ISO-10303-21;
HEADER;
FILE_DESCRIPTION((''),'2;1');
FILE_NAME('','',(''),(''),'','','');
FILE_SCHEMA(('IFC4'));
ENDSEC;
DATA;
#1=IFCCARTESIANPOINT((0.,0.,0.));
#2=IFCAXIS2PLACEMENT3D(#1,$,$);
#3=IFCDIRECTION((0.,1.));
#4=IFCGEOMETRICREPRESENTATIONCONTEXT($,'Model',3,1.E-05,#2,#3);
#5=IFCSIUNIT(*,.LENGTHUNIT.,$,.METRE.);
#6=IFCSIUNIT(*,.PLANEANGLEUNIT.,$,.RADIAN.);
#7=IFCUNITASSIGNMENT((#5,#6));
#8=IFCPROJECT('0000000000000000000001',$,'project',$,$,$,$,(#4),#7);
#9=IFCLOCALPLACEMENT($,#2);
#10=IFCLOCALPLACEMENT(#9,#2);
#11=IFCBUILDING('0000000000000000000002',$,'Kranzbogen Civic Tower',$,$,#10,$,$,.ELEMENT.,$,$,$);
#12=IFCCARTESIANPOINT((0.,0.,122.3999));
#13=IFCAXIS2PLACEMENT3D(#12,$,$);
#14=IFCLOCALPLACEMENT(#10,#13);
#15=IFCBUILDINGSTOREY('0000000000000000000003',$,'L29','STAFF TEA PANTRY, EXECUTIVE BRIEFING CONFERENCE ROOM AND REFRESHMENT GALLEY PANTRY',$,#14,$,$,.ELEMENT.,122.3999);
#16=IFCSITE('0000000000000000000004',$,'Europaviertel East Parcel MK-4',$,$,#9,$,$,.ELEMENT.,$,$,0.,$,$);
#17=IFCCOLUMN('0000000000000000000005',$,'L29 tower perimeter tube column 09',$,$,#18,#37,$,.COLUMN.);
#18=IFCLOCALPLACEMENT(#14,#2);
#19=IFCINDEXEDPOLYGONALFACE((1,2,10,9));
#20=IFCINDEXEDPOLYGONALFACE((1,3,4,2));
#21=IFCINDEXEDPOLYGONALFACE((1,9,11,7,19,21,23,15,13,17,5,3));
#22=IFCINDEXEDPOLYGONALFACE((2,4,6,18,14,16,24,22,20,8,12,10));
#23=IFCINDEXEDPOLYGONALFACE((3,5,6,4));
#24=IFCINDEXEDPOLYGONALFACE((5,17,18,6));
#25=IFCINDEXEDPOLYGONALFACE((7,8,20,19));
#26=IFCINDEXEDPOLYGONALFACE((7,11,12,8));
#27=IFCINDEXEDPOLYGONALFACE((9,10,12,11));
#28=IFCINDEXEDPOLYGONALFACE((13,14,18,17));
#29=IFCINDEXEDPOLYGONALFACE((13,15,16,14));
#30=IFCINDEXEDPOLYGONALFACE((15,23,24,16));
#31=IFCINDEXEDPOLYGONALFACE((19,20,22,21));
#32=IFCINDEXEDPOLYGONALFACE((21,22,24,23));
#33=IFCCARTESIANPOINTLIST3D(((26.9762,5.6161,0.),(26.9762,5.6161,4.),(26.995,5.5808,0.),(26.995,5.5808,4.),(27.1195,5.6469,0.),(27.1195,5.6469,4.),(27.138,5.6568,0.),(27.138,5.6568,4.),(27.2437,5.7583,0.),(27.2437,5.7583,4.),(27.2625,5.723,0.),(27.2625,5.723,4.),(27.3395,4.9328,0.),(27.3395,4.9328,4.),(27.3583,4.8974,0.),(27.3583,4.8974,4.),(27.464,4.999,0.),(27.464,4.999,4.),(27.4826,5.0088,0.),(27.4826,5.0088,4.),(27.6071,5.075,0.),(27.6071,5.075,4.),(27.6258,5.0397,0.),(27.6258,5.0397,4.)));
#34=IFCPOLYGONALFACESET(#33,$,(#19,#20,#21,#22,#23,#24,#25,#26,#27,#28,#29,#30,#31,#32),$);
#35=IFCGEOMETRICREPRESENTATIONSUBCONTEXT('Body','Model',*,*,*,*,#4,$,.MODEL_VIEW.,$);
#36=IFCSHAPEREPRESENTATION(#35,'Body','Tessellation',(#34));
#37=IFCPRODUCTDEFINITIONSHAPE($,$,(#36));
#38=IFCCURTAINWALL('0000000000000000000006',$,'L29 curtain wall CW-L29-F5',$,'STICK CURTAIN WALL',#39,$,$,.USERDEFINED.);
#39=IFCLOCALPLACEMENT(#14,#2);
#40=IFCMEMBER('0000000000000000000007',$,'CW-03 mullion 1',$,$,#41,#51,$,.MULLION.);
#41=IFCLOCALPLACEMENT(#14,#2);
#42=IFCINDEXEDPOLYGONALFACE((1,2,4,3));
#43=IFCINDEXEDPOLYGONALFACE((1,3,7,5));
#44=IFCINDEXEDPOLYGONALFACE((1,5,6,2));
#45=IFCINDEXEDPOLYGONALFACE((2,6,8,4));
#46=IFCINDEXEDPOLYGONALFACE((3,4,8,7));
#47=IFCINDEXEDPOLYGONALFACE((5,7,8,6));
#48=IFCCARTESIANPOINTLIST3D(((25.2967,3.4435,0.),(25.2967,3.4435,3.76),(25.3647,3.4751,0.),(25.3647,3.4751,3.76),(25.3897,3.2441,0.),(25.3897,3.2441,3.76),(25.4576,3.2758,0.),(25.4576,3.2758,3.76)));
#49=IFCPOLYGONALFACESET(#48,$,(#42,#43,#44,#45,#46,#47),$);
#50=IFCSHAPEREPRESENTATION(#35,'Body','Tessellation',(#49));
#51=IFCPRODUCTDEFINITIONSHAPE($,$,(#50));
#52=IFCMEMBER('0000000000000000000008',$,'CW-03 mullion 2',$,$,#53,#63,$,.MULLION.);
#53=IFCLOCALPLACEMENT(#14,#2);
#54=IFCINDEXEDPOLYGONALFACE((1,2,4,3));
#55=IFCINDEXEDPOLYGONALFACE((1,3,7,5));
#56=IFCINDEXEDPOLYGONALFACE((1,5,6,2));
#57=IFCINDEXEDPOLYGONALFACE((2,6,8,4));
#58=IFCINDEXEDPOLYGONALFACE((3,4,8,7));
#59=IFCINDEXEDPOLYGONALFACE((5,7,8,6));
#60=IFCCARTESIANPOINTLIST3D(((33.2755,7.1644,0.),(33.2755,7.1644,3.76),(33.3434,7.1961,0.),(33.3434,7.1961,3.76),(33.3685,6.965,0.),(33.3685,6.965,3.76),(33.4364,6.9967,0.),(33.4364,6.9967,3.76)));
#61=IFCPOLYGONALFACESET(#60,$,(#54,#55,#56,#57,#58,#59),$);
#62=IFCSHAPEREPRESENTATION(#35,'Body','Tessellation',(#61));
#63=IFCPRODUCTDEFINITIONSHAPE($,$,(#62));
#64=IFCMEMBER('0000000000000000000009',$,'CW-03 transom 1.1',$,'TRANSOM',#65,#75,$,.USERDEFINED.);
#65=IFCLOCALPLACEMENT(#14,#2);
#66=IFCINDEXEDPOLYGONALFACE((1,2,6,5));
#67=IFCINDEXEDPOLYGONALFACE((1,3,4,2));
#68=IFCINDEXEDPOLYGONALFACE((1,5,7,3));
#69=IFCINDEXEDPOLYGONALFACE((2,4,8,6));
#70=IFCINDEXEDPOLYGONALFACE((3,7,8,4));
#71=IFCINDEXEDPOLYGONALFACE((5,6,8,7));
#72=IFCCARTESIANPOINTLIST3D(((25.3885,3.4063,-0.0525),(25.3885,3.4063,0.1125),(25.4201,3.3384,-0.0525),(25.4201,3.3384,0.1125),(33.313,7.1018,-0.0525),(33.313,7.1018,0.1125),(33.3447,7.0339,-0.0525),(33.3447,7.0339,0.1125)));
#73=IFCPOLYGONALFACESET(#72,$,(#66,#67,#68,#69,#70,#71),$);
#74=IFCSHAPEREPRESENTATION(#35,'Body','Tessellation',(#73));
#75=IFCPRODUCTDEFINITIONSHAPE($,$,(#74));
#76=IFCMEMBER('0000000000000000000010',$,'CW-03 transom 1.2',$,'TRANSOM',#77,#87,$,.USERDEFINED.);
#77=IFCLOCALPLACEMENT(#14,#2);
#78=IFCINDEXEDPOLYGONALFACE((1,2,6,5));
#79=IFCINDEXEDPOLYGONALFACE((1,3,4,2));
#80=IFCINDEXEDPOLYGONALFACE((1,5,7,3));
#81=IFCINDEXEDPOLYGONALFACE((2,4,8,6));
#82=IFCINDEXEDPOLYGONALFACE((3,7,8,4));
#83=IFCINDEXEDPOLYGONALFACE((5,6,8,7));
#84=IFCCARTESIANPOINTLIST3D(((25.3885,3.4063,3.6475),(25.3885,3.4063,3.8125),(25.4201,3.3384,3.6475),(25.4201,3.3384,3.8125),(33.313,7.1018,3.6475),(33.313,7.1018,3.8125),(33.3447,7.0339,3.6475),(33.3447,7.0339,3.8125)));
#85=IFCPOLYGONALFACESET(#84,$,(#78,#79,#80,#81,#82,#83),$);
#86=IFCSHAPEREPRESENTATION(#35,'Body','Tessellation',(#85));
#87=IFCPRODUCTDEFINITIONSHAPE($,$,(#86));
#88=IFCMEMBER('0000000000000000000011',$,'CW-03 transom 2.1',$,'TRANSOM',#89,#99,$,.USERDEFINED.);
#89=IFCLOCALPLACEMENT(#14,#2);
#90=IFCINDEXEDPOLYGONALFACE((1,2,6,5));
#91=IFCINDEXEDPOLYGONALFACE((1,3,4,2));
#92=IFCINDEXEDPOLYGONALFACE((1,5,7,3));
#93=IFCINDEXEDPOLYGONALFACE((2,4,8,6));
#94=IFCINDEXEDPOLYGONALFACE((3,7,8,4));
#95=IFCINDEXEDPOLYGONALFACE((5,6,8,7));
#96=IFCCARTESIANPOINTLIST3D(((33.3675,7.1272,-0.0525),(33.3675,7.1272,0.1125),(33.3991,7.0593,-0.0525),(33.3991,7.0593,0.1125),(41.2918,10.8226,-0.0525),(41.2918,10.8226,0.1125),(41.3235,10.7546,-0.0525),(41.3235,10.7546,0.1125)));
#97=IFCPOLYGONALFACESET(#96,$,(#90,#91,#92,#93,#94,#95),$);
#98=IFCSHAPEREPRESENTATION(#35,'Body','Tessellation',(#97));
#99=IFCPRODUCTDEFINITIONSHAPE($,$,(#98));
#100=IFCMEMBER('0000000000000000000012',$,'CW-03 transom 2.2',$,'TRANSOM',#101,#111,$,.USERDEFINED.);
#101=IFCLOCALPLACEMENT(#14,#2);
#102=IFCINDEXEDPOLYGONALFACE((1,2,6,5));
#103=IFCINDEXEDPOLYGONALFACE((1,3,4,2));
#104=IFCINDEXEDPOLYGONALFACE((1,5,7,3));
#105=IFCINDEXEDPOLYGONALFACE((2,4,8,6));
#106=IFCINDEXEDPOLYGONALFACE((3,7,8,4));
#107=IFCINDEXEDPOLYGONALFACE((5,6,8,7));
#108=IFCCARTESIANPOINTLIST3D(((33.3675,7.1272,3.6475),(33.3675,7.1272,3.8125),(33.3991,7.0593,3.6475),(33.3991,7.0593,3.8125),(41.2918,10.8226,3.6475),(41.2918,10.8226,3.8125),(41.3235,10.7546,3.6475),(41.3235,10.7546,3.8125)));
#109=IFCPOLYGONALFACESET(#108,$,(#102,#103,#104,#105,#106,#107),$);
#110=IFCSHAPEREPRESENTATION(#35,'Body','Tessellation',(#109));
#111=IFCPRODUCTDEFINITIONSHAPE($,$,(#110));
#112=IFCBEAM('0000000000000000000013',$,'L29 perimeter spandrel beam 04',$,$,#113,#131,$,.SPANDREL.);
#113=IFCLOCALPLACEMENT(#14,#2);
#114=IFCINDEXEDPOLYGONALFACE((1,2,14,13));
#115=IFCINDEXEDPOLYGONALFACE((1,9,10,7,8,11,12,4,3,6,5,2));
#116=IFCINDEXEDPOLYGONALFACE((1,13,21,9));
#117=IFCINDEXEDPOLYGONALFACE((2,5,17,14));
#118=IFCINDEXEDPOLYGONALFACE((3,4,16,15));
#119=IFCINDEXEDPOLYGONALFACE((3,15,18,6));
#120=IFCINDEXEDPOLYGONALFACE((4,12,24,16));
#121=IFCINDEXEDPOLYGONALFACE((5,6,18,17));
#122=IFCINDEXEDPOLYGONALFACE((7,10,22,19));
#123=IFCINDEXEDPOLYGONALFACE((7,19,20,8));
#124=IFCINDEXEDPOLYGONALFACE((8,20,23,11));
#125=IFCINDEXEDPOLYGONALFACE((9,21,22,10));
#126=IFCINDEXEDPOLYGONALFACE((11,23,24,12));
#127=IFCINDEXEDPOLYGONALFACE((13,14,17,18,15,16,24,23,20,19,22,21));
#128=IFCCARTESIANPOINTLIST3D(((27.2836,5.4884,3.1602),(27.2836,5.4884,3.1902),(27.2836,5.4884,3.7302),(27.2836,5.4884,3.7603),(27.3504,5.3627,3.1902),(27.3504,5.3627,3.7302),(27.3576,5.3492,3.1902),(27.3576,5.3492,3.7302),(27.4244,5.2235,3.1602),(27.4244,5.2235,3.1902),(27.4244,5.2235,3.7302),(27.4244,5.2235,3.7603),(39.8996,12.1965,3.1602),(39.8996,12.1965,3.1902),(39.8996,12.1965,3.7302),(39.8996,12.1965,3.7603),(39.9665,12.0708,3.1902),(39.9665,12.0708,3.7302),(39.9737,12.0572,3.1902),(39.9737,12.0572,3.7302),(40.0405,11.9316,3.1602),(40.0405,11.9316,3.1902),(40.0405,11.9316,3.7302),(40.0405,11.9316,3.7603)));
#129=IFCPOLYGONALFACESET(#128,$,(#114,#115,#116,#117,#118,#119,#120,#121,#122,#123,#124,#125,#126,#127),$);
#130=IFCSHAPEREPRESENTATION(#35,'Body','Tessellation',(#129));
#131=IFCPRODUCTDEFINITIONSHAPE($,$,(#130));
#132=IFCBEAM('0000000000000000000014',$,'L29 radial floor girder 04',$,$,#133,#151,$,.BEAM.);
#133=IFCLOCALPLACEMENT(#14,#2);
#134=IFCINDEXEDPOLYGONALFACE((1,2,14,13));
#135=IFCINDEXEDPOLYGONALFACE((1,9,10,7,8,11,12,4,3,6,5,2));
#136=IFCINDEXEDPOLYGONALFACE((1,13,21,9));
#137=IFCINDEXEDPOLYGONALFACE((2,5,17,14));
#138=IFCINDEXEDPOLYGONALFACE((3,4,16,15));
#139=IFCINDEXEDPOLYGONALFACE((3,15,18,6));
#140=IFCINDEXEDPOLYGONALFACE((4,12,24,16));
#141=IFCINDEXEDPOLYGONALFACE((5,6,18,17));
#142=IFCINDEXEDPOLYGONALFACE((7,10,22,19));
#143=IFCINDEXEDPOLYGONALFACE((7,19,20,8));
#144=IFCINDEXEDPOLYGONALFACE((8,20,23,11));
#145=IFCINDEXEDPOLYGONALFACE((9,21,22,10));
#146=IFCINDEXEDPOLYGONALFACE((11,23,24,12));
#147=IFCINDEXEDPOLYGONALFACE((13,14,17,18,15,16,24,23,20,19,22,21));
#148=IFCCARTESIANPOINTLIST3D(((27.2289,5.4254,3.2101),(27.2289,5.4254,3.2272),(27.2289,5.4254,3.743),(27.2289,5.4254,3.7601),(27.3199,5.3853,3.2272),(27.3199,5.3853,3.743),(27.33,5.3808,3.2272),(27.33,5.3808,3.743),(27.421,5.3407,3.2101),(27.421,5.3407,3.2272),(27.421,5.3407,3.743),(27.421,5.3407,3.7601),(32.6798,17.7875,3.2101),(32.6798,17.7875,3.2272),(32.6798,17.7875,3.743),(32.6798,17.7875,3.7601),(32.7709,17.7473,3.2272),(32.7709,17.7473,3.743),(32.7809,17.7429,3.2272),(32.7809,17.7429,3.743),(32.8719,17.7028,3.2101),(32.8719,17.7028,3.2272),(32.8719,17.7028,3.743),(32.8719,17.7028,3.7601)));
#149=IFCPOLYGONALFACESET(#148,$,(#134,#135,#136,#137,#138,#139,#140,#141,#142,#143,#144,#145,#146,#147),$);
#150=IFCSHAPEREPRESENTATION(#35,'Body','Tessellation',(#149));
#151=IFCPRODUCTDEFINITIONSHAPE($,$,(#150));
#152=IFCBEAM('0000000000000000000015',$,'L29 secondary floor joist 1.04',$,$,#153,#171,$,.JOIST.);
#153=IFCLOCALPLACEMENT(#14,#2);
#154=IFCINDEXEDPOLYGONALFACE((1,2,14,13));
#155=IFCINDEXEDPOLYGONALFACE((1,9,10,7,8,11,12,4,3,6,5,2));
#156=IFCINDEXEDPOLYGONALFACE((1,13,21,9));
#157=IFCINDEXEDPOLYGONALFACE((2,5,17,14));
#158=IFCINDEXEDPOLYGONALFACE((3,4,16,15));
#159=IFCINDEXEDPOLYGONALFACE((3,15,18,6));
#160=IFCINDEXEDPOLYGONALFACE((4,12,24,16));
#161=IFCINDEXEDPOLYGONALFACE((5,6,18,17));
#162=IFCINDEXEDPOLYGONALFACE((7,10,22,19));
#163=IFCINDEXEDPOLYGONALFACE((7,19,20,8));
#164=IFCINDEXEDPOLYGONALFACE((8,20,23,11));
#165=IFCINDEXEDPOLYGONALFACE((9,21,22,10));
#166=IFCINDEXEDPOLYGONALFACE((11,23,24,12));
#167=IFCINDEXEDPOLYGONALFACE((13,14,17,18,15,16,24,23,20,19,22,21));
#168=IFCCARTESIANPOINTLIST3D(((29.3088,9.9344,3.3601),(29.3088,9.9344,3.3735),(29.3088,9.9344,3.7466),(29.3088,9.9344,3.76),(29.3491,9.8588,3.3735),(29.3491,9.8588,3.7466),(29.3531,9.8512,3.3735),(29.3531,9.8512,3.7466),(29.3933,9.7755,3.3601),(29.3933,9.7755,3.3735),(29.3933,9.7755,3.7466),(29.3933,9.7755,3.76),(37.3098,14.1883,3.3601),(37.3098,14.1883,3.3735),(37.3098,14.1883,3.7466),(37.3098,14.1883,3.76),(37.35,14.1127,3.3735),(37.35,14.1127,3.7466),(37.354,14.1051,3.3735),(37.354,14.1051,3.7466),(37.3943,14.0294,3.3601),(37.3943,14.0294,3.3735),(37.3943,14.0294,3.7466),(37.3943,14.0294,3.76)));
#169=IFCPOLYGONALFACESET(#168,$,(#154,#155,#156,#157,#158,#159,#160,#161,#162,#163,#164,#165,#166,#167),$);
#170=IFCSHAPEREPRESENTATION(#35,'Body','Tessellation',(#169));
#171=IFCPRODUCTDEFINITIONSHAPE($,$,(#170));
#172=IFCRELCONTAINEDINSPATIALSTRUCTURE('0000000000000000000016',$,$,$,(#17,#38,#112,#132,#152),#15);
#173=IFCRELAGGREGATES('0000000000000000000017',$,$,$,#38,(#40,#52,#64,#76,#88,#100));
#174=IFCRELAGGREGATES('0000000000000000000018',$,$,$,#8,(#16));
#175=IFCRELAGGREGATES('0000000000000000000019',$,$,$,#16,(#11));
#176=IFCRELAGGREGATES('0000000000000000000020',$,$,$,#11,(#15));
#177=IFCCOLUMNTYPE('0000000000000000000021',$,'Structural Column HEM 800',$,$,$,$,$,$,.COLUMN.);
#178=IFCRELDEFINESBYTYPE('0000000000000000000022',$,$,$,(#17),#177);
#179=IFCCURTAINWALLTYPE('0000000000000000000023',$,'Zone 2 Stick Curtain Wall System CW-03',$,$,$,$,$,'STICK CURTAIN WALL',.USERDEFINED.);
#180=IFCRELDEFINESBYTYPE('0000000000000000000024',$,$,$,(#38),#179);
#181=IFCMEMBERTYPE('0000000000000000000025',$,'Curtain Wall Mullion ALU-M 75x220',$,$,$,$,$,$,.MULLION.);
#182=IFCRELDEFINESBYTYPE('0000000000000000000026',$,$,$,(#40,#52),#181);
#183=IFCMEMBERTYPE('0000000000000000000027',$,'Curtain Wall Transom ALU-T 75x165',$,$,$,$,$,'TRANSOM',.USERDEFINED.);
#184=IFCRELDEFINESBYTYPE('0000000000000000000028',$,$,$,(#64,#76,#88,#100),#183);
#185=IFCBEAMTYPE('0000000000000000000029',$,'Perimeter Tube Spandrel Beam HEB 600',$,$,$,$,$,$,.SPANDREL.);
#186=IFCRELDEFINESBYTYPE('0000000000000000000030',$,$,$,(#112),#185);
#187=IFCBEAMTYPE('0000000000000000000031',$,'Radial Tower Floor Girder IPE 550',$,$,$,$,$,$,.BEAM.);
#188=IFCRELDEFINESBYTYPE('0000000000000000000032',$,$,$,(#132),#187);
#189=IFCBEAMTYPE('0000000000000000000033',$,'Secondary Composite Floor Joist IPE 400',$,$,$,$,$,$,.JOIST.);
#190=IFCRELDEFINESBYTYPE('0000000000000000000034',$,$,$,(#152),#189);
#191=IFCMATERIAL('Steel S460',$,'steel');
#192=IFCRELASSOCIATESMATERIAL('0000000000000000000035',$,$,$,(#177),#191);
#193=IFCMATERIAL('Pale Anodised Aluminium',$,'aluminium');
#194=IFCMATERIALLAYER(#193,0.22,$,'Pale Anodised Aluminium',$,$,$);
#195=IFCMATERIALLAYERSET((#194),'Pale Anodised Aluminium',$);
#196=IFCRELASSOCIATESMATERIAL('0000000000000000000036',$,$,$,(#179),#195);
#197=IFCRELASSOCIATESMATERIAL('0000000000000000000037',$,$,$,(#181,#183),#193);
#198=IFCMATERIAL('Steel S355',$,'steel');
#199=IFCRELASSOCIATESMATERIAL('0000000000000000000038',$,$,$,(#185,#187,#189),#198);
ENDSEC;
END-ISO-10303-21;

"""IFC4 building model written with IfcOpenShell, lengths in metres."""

from ifc_helpers import new_model, si_unit, direction, frame, origin, origin_2d, place, context, subcontext, project, spatial, rectangle, i_section, extrude, material, layer, layer_set, material_profile, profile_set, type_object, element, aggregate, save


model = new_model("IFC4")

# Units and contexts
model_context = context("Model", 3, precision=1e-05, world=origin(), true_north=direction((0.0, 1.0)))
body_context = subcontext(model_context, "Body", "Model", "MODEL_VIEW")
ifc_project = project(units=[si_unit("LENGTHUNIT", "METRE"), si_unit("PLANEANGLEUNIT", "RADIAN")], contexts=[model_context])

# Site, building, storey
site_placement = place(None, origin())
site = spatial("IfcSite", under=ifc_project, at=site_placement, Name="Europaviertel East Parcel MK-4", CompositionType="ELEMENT", RefElevation=0.0)
building_placement = place(site_placement, origin())
building = spatial("IfcBuilding", under=site, at=building_placement, Name="Kranzbogen Civic Tower", CompositionType="ELEMENT")
storey_placement = place(building_placement, frame((0.0, 0.0, 122.3999)))
storey = spatial("IfcBuildingStorey", under=building, at=storey_placement, Name="L29", Description="STAFF TEA PANTRY, EXECUTIVE BRIEFING CONFERENCE ROOM AND REFRESHMENT GALLEY PANTRY", CompositionType="ELEMENT", Elevation=122.3999)

# Column
ifc_material_1 = material(Name="Steel S460", Category="steel")
ifc_material_profile_1 = material_profile(ifc_material_1, i_section(OverallWidth=0.303, OverallDepth=0.814, WebThickness=0.021, FlangeThickness=0.04, at=origin_2d()), Name="HEM 800")
ifc_profile_set_1 = profile_set([ifc_material_profile_1], Name="Steel S460")
column_type = type_object("IfcColumnType", Name="Structural Column HEM 800", PredefinedType="COLUMN", material=ifc_profile_set_1)
column_placement = place(storey_placement, frame((27.301, 5.3279, 0.0), z_axis=(0.0, 0.0, 1.0), x_axis=(0.882948, 0.469472, 0.0)))
element("IfcColumn", 1, at=column_placement, inside=storey, type_object=column_type, Name="L29 tower perimeter tube column 09", PredefinedType="COLUMN", context=body_context, shape_type="SweptSolid", body=[
    extrude(i_section(OverallWidth=0.303, OverallDepth=0.814, WebThickness=0.021, FlangeThickness=0.04, at=origin_2d()), origin(), (0.0, 0.0, 1.0), 4.0),
])

# Curtain wall, members
ifc_material_2 = material(Name="Pale Anodised Aluminium", Category="aluminium")
ifc_layer_1 = layer(ifc_material_2, 0.22, Name="Pale Anodised Aluminium")
ifc_layer_set_1 = layer_set([ifc_layer_1], Name="Pale Anodised Aluminium")
curtain_wall_type = type_object("IfcCurtainWallType", Name="Zone 2 Stick Curtain Wall System CW-03", ElementType="STICK CURTAIN WALL", PredefinedType="USERDEFINED", material=ifc_layer_set_1)
curtain_wall_placement = place(storey_placement, origin())
curtain_wall = element("IfcCurtainWall", 2, at=curtain_wall_placement, inside=storey, type_object=curtain_wall_type, Name="L29 curtain wall CW-L29-F5", ObjectType="STICK CURTAIN WALL", PredefinedType="USERDEFINED")
ifc_material_profile_2 = material_profile(ifc_material_2, rectangle(XDim=0.075, YDim=0.22, at=origin_2d()), Name="ALU-M 75x220")
ifc_profile_set_2 = profile_set([ifc_material_profile_2], Name="Pale Anodised Aluminium")
member_type_1 = type_object("IfcMemberType", Name="Curtain Wall Mullion ALU-M 75x220", PredefinedType="MULLION", material=ifc_profile_set_2)
member_1_placement = place(storey_placement, frame((25.3772, 3.3596, 0.0), z_axis=(0.0, 0.0, 1.0), x_axis=(0.906297, 0.422641, 0.0)))
member_1 = element("IfcMember", 3, at=member_1_placement, type_object=member_type_1, Name="CW-03 mullion 1", PredefinedType="MULLION", context=body_context, shape_type="SweptSolid", body=[
    extrude(rectangle(XDim=0.075, YDim=0.22, at=origin_2d()), origin(), (0.0, 0.0, 1.0), 3.76),
])
member_2_placement = place(storey_placement, frame((33.356, 7.0806, 0.0), z_axis=(0.0, 0.0, 1.0), x_axis=(0.906297, 0.422641, 0.0)))
member_2 = element("IfcMember", 4, at=member_2_placement, type_object=member_type_1, Name="CW-03 mullion 2", PredefinedType="MULLION", context=body_context, shape_type="SweptSolid", body=[
    extrude(rectangle(XDim=0.075, YDim=0.22, at=origin_2d()), origin(), (0.0, 0.0, 1.0), 3.76),
])
ifc_material_profile_3 = material_profile(ifc_material_2, rectangle(XDim=0.075, YDim=0.165, at=origin_2d()), Name="ALU-T 75x165")
ifc_profile_set_3 = profile_set([ifc_material_profile_3], Name="Pale Anodised Aluminium")
member_type_2 = type_object("IfcMemberType", Name="Curtain Wall Transom ALU-T 75x165", ElementType="TRANSOM", PredefinedType="USERDEFINED", material=ifc_profile_set_3)
member_3_placement = place(storey_placement, frame((25.4043, 3.3723, 0.03), z_axis=(0.906296, 0.422644, 0.0), x_axis=(-0.422644, 0.906296, 0.0)))
member_3 = element("IfcMember", 5, at=member_3_placement, type_object=member_type_2, Name="CW-03 transom 1.1", ObjectType="TRANSOM", PredefinedType="USERDEFINED", context=body_context, shape_type="SweptSolid", body=[
    extrude(rectangle(XDim=0.075, YDim=0.165, at=origin_2d()), origin(), (0.0, 0.0, 1.0), 8.7439),
])
member_4_placement = place(storey_placement, frame((25.4043, 3.3723, 3.73), z_axis=(0.906296, 0.422644, 0.0), x_axis=(-0.422644, 0.906296, 0.0)))
member_4 = element("IfcMember", 6, at=member_4_placement, type_object=member_type_2, Name="CW-03 transom 1.2", ObjectType="TRANSOM", PredefinedType="USERDEFINED", context=body_context, shape_type="SweptSolid", body=[
    extrude(rectangle(XDim=0.075, YDim=0.165, at=origin_2d()), origin(), (0.0, 0.0, 1.0), 8.7439),
])
member_5_placement = place(storey_placement, frame((33.3833, 7.0933, 0.03), z_axis=(0.906302, 0.422632, 0.0), x_axis=(-0.422632, 0.906302, 0.0)))
member_5 = element("IfcMember", 7, at=member_5_placement, type_object=member_type_2, Name="CW-03 transom 2.1", ObjectType="TRANSOM", PredefinedType="USERDEFINED", context=body_context, shape_type="SweptSolid", body=[
    extrude(rectangle(XDim=0.075, YDim=0.165, at=origin_2d()), origin(), (0.0, 0.0, 1.0), 8.7437),
])
member_6_placement = place(storey_placement, frame((33.3833, 7.0933, 3.73), z_axis=(0.906302, 0.422632, 0.0), x_axis=(-0.422632, 0.906302, 0.0)))
member_6 = element("IfcMember", 8, at=member_6_placement, type_object=member_type_2, Name="CW-03 transom 2.2", ObjectType="TRANSOM", PredefinedType="USERDEFINED", context=body_context, shape_type="SweptSolid", body=[
    extrude(rectangle(XDim=0.075, YDim=0.165, at=origin_2d()), origin(), (0.0, 0.0, 1.0), 8.7437),
])

# Beams
ifc_material_3 = material(Name="Steel S355", Category="steel")
ifc_material_profile_4 = material_profile(ifc_material_3, i_section(OverallWidth=0.3, OverallDepth=0.6001, WebThickness=0.0154, FlangeThickness=0.03, at=origin_2d()), Name="HEB 600")
ifc_profile_set_4 = profile_set([ifc_material_profile_4], Name="Steel S355")
beam_type_1 = type_object("IfcBeamType", Name="Perimeter Tube Spandrel Beam HEB 600", PredefinedType="SPANDREL", material=ifc_profile_set_4)
beam_1_placement = place(storey_placement, frame((27.354, 5.356, 3.4602), z_axis=(0.882948, 0.46947, 0.0), x_axis=(-0.46947, 0.882948, 0.0)))
element("IfcBeam", 9, at=beam_1_placement, inside=storey, type_object=beam_type_1, Name="L29 perimeter spandrel beam 04", PredefinedType="SPANDREL", context=body_context, shape_type="SweptSolid", body=[
    extrude(i_section(OverallWidth=0.3, OverallDepth=0.6001, WebThickness=0.0154, FlangeThickness=0.03, at=origin_2d()), origin(), (0.0, 0.0, 1.0), 14.2886),
])
ifc_material_profile_5 = material_profile(ifc_material_3, i_section(OverallWidth=0.21, OverallDepth=0.55, WebThickness=0.011, FlangeThickness=0.0171, at=origin_2d()), Name="IPE 550")
ifc_profile_set_5 = profile_set([ifc_material_profile_5], Name="Steel S355")
beam_type_2 = type_object("IfcBeamType", Name="Radial Tower Floor Girder IPE 550", PredefinedType="BEAM", material=ifc_profile_set_5)
beam_2_placement = place(storey_placement, frame((27.325, 5.3831, 3.4851), z_axis=(0.403459, 0.914998, 0.0), x_axis=(-0.914998, 0.403459, 0.0)))
element("IfcBeam", 10, at=beam_2_placement, inside=storey, type_object=beam_type_2, Name="L29 radial floor girder 04", PredefinedType="BEAM", context=body_context, shape_type="SweptSolid", body=[
    extrude(i_section(OverallWidth=0.21, OverallDepth=0.55, WebThickness=0.011, FlangeThickness=0.0171, at=origin_2d()), origin(), (0.0, 0.0, 1.0), 13.5105),
])
ifc_material_profile_6 = material_profile(ifc_material_3, i_section(OverallWidth=0.1799, OverallDepth=0.3999, WebThickness=0.0085, FlangeThickness=0.0134, at=origin_2d()), Name="IPE 400")
ifc_profile_set_6 = profile_set([ifc_material_profile_6], Name="Steel S355")
beam_type_3 = type_object("IfcBeamType", Name="Secondary Composite Floor Joist IPE 400", PredefinedType="JOIST", material=ifc_profile_set_6)
beam_3_placement = place(storey_placement, frame((29.3511, 9.855, 3.5601), z_axis=(0.882961, 0.469447, 0.0), x_axis=(-0.469447, 0.882961, 0.0)))
element("IfcBeam", 11, at=beam_3_placement, inside=storey, type_object=beam_type_3, Name="L29 secondary floor joist 1.04", PredefinedType="JOIST", context=body_context, shape_type="SweptSolid", body=[
    extrude(i_section(OverallWidth=0.1799, OverallDepth=0.3999, WebThickness=0.0085, FlangeThickness=0.0134, at=origin_2d()), origin(), (0.0, 0.0, 1.0), 9.0615),
])

aggregate(curtain_wall, [member_1, member_2, member_3, member_4, member_5, member_6])

save(model, "model.ifc")
